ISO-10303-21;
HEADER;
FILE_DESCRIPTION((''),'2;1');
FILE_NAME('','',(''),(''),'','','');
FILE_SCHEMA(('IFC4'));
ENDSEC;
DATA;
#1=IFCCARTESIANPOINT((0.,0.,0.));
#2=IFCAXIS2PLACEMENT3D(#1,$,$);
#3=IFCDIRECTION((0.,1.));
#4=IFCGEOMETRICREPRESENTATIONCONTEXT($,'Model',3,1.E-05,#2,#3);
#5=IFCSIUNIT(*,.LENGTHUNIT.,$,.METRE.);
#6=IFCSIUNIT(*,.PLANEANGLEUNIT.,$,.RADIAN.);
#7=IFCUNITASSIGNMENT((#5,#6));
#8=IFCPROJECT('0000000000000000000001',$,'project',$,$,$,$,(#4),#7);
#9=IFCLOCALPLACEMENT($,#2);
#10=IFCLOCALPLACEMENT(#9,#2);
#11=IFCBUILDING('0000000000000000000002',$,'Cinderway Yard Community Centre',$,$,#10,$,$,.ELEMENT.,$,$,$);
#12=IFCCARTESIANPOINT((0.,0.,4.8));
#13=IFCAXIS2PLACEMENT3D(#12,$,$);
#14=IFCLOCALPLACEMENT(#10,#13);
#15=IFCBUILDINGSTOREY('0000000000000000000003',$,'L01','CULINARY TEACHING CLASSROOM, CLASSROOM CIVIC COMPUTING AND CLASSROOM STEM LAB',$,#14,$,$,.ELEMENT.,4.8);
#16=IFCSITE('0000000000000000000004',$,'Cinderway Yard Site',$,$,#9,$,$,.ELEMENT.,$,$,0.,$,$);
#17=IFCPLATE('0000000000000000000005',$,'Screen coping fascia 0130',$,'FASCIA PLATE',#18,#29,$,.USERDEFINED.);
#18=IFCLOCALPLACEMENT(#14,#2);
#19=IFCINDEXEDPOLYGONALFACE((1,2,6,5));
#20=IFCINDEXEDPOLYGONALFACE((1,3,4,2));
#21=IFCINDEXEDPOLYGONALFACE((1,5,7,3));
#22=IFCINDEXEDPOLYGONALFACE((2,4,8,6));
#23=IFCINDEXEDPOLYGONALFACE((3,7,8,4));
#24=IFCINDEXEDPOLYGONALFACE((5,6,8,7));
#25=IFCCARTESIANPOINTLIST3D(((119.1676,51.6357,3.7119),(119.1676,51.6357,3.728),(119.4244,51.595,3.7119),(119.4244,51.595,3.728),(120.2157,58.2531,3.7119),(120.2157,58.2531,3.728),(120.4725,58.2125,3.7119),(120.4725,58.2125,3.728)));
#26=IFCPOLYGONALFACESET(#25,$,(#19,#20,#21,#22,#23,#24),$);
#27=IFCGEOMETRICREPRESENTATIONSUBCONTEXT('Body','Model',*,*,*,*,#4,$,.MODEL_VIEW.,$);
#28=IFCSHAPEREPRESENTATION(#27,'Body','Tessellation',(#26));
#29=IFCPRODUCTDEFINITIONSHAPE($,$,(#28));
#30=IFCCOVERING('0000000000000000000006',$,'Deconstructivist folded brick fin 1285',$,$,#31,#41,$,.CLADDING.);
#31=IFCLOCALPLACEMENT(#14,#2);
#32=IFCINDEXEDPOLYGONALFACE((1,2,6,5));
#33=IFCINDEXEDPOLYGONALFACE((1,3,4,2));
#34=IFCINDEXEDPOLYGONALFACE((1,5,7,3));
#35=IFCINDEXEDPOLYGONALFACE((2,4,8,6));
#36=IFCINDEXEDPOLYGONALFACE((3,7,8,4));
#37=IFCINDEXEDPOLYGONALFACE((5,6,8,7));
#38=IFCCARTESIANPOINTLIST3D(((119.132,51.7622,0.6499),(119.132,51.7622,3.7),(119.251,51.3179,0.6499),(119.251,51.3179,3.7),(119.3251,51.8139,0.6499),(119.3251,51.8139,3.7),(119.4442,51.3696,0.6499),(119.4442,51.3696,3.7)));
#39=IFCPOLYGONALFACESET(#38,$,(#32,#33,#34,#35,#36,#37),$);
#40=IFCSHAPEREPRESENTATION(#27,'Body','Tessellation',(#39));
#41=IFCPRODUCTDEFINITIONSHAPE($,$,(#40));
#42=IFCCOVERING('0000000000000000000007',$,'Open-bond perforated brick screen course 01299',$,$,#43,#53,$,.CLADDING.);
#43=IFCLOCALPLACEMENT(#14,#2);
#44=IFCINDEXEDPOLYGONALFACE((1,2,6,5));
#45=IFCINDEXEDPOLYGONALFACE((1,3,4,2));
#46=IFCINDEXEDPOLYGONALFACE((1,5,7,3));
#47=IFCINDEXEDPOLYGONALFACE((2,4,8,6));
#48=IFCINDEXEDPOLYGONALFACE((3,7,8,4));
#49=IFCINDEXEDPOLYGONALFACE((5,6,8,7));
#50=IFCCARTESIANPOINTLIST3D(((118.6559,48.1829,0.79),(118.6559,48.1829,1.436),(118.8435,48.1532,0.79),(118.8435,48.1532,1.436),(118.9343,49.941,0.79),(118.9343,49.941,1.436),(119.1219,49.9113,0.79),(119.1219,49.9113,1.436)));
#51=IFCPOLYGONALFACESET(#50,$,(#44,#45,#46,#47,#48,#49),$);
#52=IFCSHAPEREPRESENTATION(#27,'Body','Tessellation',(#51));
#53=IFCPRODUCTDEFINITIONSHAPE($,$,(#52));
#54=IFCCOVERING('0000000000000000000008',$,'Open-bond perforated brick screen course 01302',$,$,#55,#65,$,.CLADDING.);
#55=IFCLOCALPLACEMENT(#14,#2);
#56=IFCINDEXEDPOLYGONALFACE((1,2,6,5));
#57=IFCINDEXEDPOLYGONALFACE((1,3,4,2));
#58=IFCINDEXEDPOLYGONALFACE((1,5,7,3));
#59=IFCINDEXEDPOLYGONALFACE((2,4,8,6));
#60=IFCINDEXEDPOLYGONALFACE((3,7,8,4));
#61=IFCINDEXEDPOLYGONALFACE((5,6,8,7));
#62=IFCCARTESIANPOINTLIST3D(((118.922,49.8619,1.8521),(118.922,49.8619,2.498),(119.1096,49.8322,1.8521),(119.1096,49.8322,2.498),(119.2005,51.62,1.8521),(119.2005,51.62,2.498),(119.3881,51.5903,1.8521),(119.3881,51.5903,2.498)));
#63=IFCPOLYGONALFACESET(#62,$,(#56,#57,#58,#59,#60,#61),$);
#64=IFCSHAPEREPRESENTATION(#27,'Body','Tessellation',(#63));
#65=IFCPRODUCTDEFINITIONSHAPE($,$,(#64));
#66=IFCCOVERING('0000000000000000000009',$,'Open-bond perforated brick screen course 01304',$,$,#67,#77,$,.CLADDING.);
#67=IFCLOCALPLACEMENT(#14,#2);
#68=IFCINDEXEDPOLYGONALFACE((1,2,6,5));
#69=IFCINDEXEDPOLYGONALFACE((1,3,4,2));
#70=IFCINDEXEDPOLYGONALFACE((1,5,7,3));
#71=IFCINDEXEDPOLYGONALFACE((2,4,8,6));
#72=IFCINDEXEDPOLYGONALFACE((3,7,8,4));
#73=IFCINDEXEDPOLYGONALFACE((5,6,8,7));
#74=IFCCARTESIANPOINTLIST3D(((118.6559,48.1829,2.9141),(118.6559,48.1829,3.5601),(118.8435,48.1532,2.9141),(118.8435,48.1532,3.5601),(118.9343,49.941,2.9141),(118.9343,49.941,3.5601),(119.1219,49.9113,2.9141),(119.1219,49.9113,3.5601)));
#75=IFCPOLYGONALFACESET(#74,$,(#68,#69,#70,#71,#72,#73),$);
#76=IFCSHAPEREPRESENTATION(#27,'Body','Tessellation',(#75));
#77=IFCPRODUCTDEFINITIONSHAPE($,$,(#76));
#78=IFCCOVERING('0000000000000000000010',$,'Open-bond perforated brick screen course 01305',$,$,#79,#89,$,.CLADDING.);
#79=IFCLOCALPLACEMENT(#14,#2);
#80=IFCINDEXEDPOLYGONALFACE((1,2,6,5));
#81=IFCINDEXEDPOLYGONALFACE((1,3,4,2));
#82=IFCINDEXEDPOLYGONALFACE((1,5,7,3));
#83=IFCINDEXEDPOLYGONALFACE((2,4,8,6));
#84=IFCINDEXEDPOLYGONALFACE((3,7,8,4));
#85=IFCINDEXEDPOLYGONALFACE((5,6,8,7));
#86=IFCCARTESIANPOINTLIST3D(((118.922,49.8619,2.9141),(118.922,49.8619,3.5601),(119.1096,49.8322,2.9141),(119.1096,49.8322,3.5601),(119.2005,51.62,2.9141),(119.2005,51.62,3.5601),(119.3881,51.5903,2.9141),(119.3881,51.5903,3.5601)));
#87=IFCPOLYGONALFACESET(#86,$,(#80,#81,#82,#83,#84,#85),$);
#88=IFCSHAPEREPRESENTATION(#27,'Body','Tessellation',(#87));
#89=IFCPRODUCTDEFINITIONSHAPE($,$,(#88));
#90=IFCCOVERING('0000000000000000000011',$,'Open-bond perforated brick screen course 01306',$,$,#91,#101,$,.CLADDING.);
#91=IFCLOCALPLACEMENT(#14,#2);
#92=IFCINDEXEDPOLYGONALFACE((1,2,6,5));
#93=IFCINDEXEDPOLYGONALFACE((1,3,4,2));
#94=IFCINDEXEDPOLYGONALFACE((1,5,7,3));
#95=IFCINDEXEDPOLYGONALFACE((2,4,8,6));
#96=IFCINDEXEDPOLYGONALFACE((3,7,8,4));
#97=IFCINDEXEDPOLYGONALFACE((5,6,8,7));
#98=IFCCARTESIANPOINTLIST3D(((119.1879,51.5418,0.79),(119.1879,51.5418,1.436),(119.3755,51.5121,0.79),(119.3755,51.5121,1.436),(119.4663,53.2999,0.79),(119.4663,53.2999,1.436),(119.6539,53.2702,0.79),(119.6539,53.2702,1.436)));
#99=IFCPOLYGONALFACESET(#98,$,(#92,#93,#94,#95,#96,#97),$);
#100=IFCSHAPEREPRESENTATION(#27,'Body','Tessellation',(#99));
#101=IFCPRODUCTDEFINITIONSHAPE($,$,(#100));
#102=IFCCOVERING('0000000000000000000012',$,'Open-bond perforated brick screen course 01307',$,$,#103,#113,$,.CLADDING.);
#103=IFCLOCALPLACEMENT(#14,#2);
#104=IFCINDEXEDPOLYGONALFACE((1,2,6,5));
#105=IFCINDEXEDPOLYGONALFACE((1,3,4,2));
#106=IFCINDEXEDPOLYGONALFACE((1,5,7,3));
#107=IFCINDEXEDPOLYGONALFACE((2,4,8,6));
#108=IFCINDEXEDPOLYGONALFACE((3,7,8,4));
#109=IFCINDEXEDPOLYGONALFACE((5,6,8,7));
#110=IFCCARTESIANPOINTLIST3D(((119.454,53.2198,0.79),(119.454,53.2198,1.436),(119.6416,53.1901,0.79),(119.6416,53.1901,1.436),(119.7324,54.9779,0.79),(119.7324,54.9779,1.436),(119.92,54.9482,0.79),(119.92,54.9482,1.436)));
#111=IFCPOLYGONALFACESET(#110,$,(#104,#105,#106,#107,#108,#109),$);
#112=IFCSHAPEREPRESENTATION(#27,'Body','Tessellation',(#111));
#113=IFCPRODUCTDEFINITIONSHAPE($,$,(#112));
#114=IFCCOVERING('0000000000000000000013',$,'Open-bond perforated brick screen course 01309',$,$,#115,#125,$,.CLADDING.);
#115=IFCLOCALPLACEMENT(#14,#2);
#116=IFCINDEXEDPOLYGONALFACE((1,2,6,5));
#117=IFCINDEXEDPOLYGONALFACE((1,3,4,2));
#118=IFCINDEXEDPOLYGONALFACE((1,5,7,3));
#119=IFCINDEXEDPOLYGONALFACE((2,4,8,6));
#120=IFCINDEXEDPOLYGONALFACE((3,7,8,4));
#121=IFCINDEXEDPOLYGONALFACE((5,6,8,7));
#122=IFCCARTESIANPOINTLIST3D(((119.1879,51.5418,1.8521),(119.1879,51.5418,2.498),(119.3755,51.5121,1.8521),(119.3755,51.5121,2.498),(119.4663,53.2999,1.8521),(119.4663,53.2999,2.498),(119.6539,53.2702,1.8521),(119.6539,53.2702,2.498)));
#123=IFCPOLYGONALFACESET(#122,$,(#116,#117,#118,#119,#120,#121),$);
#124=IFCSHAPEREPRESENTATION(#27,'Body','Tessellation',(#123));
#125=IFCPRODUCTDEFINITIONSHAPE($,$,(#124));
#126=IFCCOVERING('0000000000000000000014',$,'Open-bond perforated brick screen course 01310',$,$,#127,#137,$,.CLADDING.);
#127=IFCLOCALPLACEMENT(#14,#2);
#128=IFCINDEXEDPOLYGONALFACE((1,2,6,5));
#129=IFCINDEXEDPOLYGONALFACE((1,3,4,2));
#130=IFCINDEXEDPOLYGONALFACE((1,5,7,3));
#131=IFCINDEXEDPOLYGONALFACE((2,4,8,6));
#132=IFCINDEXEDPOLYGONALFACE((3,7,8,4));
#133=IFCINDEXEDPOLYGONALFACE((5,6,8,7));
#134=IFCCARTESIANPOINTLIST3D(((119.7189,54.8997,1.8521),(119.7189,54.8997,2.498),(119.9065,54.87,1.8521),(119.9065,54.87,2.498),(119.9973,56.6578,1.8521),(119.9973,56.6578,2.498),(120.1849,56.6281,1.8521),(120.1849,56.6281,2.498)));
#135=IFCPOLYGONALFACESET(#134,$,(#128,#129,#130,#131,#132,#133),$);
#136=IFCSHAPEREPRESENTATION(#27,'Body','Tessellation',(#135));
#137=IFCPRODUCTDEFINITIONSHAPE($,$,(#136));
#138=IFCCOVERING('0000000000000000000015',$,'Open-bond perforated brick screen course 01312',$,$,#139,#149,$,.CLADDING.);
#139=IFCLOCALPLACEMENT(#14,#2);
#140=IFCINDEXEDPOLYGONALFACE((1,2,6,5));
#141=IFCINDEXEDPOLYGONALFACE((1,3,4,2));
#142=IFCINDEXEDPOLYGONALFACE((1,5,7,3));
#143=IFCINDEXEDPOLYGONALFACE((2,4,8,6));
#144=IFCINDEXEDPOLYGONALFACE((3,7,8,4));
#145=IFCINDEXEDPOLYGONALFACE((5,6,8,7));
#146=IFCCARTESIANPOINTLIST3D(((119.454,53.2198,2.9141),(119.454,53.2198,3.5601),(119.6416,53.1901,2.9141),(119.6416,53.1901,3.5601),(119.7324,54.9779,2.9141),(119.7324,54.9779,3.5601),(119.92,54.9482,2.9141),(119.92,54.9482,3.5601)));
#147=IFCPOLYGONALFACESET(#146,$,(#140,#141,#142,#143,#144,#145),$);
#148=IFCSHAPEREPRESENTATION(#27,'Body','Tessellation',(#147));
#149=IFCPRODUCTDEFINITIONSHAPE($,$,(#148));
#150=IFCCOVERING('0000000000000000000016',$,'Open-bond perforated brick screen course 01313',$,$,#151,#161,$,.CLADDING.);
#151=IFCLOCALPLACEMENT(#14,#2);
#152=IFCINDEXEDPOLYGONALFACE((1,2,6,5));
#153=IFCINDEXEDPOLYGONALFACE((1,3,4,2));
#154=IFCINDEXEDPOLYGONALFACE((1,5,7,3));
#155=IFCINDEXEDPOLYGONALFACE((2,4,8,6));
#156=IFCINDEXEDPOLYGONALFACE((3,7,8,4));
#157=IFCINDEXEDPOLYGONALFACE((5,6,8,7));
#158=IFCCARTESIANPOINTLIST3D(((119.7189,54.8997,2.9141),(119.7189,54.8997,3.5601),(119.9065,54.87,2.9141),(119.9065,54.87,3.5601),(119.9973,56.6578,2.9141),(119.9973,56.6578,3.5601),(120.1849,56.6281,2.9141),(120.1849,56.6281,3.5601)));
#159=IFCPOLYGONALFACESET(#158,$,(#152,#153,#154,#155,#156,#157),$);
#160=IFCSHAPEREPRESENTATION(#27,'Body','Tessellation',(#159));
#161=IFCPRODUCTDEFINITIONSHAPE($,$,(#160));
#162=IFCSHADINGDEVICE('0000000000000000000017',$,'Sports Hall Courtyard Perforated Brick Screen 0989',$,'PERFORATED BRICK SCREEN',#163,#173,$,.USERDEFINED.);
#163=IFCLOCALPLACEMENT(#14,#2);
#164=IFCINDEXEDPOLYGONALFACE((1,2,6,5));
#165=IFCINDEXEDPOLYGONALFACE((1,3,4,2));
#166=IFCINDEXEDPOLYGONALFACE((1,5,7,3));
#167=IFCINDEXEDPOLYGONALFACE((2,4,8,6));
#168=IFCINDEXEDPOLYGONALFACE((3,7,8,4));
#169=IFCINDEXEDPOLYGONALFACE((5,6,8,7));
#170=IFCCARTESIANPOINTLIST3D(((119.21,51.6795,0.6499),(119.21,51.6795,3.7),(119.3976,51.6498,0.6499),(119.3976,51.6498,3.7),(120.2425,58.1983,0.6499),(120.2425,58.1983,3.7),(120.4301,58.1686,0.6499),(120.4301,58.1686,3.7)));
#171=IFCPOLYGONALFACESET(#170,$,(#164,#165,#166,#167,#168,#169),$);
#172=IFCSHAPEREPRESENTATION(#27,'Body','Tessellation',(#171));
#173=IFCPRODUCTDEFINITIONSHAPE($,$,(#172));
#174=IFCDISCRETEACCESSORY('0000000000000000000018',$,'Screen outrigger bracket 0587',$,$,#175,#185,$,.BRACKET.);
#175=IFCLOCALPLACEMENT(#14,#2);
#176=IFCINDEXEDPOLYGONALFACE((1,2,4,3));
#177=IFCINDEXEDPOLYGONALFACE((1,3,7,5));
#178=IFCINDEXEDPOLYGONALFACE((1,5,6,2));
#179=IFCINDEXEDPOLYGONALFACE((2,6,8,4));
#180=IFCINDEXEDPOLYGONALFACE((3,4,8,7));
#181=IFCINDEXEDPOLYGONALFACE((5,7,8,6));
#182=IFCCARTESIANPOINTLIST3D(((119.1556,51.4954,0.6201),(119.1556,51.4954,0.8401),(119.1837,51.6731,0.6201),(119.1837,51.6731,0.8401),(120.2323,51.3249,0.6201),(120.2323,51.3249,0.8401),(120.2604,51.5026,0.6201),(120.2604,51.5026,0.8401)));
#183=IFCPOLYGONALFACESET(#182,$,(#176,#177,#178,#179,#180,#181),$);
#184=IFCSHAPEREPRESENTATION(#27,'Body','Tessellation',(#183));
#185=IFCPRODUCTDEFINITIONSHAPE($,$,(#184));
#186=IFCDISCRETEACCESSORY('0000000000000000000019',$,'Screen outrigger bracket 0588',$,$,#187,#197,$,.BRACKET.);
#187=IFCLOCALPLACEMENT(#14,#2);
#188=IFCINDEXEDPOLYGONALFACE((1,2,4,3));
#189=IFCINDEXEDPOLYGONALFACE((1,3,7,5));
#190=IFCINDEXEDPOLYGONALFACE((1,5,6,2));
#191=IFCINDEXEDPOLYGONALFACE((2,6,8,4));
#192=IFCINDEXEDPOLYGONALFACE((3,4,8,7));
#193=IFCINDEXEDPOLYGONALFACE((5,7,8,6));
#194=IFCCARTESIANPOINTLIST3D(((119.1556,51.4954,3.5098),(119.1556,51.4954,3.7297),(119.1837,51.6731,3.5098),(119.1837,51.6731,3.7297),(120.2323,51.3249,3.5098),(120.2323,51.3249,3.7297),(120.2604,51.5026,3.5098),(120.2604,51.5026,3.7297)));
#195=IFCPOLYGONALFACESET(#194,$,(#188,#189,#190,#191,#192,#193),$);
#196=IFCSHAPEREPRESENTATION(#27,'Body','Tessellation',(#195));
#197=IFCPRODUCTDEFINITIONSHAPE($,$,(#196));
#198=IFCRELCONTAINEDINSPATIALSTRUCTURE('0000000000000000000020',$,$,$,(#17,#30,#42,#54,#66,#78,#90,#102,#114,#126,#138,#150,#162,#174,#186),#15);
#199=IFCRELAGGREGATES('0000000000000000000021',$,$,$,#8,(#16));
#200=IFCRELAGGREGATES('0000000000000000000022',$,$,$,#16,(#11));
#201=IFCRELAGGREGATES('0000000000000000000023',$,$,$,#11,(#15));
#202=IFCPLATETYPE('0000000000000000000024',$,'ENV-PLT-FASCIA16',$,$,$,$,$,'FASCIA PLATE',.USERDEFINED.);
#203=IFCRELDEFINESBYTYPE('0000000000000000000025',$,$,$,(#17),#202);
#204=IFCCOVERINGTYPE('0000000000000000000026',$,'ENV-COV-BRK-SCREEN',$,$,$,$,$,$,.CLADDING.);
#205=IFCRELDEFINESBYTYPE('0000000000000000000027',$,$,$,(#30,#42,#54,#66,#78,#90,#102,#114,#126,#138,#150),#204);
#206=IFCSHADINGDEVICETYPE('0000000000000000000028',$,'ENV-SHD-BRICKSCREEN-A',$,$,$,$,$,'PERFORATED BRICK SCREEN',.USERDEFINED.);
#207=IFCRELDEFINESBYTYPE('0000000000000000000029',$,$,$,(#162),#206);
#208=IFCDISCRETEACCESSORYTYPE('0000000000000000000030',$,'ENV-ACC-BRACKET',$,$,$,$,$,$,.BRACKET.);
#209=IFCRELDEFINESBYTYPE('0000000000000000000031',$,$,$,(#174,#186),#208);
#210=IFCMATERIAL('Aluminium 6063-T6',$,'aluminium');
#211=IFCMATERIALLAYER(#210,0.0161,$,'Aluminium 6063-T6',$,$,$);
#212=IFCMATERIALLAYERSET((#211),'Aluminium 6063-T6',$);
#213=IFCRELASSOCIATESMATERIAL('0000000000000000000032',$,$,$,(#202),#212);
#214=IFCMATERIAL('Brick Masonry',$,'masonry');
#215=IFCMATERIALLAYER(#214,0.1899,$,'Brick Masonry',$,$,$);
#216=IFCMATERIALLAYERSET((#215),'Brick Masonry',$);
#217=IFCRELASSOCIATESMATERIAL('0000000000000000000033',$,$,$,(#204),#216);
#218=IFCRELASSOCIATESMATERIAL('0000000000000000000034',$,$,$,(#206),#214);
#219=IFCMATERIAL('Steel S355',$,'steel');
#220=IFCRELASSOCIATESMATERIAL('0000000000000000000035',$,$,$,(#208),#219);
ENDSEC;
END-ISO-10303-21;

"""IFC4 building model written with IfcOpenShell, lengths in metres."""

from ifc_helpers import new_model, si_unit, direction, frame, origin, origin_2d, place, context, subcontext, project, spatial, rectangle, extrude, material, layer, layer_set, type_object, element, save


model = new_model("IFC4")

# Units and contexts
model_context = context("Model", 3, precision=1e-05, world=origin(), true_north=direction((0.0, 1.0)))
body_context = subcontext(model_context, "Body", "Model", "MODEL_VIEW")
ifc_project = project(units=[si_unit("LENGTHUNIT", "METRE"), si_unit("PLANEANGLEUNIT", "RADIAN")], contexts=[model_context])

# Site, building, storey
site_placement = place(None, origin())
site = spatial("IfcSite", under=ifc_project, at=site_placement, Name="Cinderway Yard Site", CompositionType="ELEMENT", RefElevation=0.0)
building_placement = place(site_placement, origin())
building = spatial("IfcBuilding", under=site, at=building_placement, Name="Cinderway Yard Community Centre", CompositionType="ELEMENT")
storey_placement = place(building_placement, frame((0.0, 0.0, 4.8)))
storey = spatial("IfcBuildingStorey", under=building, at=storey_placement, Name="L01", Description="CULINARY TEACHING CLASSROOM, CLASSROOM CIVIC COMPUTING AND CLASSROOM STEM LAB", CompositionType="ELEMENT", Elevation=4.8)

# Shared definitions
ifc_material_1 = material(Name="Aluminium 6063-T6", Category="aluminium")

# Shared definitions
ifc_material_2 = material(Name="Steel S355", Category="steel")

# Plate
ifc_layer_1 = layer(ifc_material_1, 0.0161, Name="Aluminium 6063-T6")
ifc_layer_set_1 = layer_set([ifc_layer_1], Name="Aluminium 6063-T6")
plate_type_1 = type_object("IfcPlateType", Name="ENV-PLT-FASCIA16", ElementType="FASCIA PLATE", PredefinedType="USERDEFINED", material=ifc_layer_set_1)
plate_1_placement = place(storey_placement, frame((119.8201, 54.9241, 3.7119), z_axis=(0.0, 0.0, 1.0), x_axis=(0.156434, 0.987688, 0.0)))
element("IfcPlate", 1, at=plate_1_placement, inside=storey, type_object=plate_type_1, Name="Screen coping fascia 0130", ObjectType="FASCIA PLATE", PredefinedType="USERDEFINED", context=body_context, shape_type="SweptSolid", body=[
    extrude(rectangle(XDim=6.7, YDim=0.26, at=origin_2d()), origin(), (0.0, 0.0, 1.0), 0.0161),
])

# Coverings
ifc_material_3 = material(Name="Brick Masonry", Category="masonry")
ifc_layer_2 = layer(ifc_material_3, 0.1899, Name="Brick Masonry")
ifc_layer_set_2 = layer_set([ifc_layer_2], Name="Brick Masonry")
covering_type = type_object("IfcCoveringType", Name="ENV-COV-BRK-SCREEN", PredefinedType="CLADDING", material=ifc_layer_set_2)
covering_placement = place(storey_placement, frame((119.2881, 51.5659, 0.6499), z_axis=(0.0, 0.0, 1.0), x_axis=(-0.258819, 0.965926, 0.0)))
element("IfcCovering", 2, at=covering_placement, inside=storey, type_object=covering_type, Name="Deconstructivist folded brick fin 1285", PredefinedType="CLADDING", context=body_context, shape_type="SweptSolid", body=[
    extrude(rectangle(XDim=0.46, YDim=0.2, at=origin_2d()), origin(), (0.0, 0.0, 1.0), 3.05),
])
for number, where, z_axis, x_axis, name in (
    (3, (118.8889, 49.0471, 0.79), (0.0, 0.0, 1.0), (0.156434, 0.987688, 0.0), "Open-bond perforated brick screen course 01299"),
    (4, (119.155, 50.7261, 1.8521), (0.0, 0.0, 1.0), (0.156434, 0.987688, 0.0), "Open-bond perforated brick screen course 01302"),
    (5, (118.8889, 49.0471, 2.9141), (0.0, 0.0, 1.0), (0.156434, 0.987688, 0.0), "Open-bond perforated brick screen course 01304"),
    (6, (119.155, 50.7261, 2.9141), (0.0, 0.0, 1.0), (0.156434, 0.987688, 0.0), "Open-bond perforated brick screen course 01305"),
    (7, (119.4209, 52.406, 0.79), (0.0, 0.0, 1.0), (0.156434, 0.987688, 0.0), "Open-bond perforated brick screen course 01306"),
    (8, (119.687, 54.084, 0.79), (0.0, 0.0, 1.0), (0.156434, 0.987688, 0.0), "Open-bond perforated brick screen course 01307"),
    (9, (119.4209, 52.406, 1.8521), (0.0, 0.0, 1.0), (0.156434, 0.987688, 0.0), "Open-bond perforated brick screen course 01309"),
    (10, (119.9519, 55.7639, 1.8521), (0.0, 0.0, 1.0), (0.156434, 0.987688, 0.0), "Open-bond perforated brick screen course 01310"),
    (11, (119.687, 54.084, 2.9141), (0.0, 0.0, 1.0), (0.156434, 0.987688, 0.0), "Open-bond perforated brick screen course 01312"),
    (12, (119.9519, 55.7639, 2.9141), (0.0, 0.0, 1.0), (0.156434, 0.987688, 0.0), "Open-bond perforated brick screen course 01313"),
):
    element("IfcCovering", number, at=place(storey_placement, frame(where, z_axis=z_axis, x_axis=x_axis)), inside=storey, type_object=covering_type, Name=name, PredefinedType="CLADDING", context=body_context, shape_type="SweptSolid", body=[
        extrude(rectangle(XDim=1.78, YDim=0.1899, at=origin_2d()), origin(), (0.0, 0.0, 1.0), 0.646),
    ])

# Shading device
shading_device_type = type_object("IfcShadingDeviceType", Name="ENV-SHD-BRICKSCREEN-A", ElementType="PERFORATED BRICK SCREEN", PredefinedType="USERDEFINED", material=ifc_material_3)
shading_device_placement = place(storey_placement, frame((119.8201, 54.9241, 0.6499), z_axis=(0.0, 0.0, 1.0), x_axis=(0.156434, 0.987688, 0.0)))
element("IfcShadingDevice", 13, at=shading_device_placement, inside=storey, type_object=shading_device_type, Name="Sports Hall Courtyard Perforated Brick Screen 0989", ObjectType="PERFORATED BRICK SCREEN", PredefinedType="USERDEFINED", context=body_context, shape_type="SweptSolid", body=[
    extrude(rectangle(XDim=6.6001, YDim=0.1899, at=origin_2d()), origin(), (0.0, 0.0, 1.0), 3.05),
])

# Discrete accessories
discrete_accessory_type = type_object("IfcDiscreteAccessoryType", Name="ENV-ACC-BRACKET", PredefinedType="BRACKET", material=ifc_material_2)
for number, where, z_axis, x_axis, name in (
    (14, (119.708, 51.499, 0.6201), (0.0, 0.0, 1.0), (-0.987688, 0.156434, 0.0), "Screen outrigger bracket 0587"),
    (15, (119.708, 51.499, 3.5098), (0.0, 0.0, 1.0), (-0.987688, 0.156434, 0.0), "Screen outrigger bracket 0588"),
):
    element("IfcDiscreteAccessory", number, at=place(storey_placement, frame(where, z_axis=z_axis, x_axis=x_axis)), inside=storey, type_object=discrete_accessory_type, Name=name, PredefinedType="BRACKET", context=body_context, shape_type="SweptSolid", body=[
        extrude(rectangle(XDim=1.0901, YDim=0.1799, at=origin_2d()), origin(), (0.0, 0.0, 1.0), 0.22),
    ])

save(model, "model.ifc")
